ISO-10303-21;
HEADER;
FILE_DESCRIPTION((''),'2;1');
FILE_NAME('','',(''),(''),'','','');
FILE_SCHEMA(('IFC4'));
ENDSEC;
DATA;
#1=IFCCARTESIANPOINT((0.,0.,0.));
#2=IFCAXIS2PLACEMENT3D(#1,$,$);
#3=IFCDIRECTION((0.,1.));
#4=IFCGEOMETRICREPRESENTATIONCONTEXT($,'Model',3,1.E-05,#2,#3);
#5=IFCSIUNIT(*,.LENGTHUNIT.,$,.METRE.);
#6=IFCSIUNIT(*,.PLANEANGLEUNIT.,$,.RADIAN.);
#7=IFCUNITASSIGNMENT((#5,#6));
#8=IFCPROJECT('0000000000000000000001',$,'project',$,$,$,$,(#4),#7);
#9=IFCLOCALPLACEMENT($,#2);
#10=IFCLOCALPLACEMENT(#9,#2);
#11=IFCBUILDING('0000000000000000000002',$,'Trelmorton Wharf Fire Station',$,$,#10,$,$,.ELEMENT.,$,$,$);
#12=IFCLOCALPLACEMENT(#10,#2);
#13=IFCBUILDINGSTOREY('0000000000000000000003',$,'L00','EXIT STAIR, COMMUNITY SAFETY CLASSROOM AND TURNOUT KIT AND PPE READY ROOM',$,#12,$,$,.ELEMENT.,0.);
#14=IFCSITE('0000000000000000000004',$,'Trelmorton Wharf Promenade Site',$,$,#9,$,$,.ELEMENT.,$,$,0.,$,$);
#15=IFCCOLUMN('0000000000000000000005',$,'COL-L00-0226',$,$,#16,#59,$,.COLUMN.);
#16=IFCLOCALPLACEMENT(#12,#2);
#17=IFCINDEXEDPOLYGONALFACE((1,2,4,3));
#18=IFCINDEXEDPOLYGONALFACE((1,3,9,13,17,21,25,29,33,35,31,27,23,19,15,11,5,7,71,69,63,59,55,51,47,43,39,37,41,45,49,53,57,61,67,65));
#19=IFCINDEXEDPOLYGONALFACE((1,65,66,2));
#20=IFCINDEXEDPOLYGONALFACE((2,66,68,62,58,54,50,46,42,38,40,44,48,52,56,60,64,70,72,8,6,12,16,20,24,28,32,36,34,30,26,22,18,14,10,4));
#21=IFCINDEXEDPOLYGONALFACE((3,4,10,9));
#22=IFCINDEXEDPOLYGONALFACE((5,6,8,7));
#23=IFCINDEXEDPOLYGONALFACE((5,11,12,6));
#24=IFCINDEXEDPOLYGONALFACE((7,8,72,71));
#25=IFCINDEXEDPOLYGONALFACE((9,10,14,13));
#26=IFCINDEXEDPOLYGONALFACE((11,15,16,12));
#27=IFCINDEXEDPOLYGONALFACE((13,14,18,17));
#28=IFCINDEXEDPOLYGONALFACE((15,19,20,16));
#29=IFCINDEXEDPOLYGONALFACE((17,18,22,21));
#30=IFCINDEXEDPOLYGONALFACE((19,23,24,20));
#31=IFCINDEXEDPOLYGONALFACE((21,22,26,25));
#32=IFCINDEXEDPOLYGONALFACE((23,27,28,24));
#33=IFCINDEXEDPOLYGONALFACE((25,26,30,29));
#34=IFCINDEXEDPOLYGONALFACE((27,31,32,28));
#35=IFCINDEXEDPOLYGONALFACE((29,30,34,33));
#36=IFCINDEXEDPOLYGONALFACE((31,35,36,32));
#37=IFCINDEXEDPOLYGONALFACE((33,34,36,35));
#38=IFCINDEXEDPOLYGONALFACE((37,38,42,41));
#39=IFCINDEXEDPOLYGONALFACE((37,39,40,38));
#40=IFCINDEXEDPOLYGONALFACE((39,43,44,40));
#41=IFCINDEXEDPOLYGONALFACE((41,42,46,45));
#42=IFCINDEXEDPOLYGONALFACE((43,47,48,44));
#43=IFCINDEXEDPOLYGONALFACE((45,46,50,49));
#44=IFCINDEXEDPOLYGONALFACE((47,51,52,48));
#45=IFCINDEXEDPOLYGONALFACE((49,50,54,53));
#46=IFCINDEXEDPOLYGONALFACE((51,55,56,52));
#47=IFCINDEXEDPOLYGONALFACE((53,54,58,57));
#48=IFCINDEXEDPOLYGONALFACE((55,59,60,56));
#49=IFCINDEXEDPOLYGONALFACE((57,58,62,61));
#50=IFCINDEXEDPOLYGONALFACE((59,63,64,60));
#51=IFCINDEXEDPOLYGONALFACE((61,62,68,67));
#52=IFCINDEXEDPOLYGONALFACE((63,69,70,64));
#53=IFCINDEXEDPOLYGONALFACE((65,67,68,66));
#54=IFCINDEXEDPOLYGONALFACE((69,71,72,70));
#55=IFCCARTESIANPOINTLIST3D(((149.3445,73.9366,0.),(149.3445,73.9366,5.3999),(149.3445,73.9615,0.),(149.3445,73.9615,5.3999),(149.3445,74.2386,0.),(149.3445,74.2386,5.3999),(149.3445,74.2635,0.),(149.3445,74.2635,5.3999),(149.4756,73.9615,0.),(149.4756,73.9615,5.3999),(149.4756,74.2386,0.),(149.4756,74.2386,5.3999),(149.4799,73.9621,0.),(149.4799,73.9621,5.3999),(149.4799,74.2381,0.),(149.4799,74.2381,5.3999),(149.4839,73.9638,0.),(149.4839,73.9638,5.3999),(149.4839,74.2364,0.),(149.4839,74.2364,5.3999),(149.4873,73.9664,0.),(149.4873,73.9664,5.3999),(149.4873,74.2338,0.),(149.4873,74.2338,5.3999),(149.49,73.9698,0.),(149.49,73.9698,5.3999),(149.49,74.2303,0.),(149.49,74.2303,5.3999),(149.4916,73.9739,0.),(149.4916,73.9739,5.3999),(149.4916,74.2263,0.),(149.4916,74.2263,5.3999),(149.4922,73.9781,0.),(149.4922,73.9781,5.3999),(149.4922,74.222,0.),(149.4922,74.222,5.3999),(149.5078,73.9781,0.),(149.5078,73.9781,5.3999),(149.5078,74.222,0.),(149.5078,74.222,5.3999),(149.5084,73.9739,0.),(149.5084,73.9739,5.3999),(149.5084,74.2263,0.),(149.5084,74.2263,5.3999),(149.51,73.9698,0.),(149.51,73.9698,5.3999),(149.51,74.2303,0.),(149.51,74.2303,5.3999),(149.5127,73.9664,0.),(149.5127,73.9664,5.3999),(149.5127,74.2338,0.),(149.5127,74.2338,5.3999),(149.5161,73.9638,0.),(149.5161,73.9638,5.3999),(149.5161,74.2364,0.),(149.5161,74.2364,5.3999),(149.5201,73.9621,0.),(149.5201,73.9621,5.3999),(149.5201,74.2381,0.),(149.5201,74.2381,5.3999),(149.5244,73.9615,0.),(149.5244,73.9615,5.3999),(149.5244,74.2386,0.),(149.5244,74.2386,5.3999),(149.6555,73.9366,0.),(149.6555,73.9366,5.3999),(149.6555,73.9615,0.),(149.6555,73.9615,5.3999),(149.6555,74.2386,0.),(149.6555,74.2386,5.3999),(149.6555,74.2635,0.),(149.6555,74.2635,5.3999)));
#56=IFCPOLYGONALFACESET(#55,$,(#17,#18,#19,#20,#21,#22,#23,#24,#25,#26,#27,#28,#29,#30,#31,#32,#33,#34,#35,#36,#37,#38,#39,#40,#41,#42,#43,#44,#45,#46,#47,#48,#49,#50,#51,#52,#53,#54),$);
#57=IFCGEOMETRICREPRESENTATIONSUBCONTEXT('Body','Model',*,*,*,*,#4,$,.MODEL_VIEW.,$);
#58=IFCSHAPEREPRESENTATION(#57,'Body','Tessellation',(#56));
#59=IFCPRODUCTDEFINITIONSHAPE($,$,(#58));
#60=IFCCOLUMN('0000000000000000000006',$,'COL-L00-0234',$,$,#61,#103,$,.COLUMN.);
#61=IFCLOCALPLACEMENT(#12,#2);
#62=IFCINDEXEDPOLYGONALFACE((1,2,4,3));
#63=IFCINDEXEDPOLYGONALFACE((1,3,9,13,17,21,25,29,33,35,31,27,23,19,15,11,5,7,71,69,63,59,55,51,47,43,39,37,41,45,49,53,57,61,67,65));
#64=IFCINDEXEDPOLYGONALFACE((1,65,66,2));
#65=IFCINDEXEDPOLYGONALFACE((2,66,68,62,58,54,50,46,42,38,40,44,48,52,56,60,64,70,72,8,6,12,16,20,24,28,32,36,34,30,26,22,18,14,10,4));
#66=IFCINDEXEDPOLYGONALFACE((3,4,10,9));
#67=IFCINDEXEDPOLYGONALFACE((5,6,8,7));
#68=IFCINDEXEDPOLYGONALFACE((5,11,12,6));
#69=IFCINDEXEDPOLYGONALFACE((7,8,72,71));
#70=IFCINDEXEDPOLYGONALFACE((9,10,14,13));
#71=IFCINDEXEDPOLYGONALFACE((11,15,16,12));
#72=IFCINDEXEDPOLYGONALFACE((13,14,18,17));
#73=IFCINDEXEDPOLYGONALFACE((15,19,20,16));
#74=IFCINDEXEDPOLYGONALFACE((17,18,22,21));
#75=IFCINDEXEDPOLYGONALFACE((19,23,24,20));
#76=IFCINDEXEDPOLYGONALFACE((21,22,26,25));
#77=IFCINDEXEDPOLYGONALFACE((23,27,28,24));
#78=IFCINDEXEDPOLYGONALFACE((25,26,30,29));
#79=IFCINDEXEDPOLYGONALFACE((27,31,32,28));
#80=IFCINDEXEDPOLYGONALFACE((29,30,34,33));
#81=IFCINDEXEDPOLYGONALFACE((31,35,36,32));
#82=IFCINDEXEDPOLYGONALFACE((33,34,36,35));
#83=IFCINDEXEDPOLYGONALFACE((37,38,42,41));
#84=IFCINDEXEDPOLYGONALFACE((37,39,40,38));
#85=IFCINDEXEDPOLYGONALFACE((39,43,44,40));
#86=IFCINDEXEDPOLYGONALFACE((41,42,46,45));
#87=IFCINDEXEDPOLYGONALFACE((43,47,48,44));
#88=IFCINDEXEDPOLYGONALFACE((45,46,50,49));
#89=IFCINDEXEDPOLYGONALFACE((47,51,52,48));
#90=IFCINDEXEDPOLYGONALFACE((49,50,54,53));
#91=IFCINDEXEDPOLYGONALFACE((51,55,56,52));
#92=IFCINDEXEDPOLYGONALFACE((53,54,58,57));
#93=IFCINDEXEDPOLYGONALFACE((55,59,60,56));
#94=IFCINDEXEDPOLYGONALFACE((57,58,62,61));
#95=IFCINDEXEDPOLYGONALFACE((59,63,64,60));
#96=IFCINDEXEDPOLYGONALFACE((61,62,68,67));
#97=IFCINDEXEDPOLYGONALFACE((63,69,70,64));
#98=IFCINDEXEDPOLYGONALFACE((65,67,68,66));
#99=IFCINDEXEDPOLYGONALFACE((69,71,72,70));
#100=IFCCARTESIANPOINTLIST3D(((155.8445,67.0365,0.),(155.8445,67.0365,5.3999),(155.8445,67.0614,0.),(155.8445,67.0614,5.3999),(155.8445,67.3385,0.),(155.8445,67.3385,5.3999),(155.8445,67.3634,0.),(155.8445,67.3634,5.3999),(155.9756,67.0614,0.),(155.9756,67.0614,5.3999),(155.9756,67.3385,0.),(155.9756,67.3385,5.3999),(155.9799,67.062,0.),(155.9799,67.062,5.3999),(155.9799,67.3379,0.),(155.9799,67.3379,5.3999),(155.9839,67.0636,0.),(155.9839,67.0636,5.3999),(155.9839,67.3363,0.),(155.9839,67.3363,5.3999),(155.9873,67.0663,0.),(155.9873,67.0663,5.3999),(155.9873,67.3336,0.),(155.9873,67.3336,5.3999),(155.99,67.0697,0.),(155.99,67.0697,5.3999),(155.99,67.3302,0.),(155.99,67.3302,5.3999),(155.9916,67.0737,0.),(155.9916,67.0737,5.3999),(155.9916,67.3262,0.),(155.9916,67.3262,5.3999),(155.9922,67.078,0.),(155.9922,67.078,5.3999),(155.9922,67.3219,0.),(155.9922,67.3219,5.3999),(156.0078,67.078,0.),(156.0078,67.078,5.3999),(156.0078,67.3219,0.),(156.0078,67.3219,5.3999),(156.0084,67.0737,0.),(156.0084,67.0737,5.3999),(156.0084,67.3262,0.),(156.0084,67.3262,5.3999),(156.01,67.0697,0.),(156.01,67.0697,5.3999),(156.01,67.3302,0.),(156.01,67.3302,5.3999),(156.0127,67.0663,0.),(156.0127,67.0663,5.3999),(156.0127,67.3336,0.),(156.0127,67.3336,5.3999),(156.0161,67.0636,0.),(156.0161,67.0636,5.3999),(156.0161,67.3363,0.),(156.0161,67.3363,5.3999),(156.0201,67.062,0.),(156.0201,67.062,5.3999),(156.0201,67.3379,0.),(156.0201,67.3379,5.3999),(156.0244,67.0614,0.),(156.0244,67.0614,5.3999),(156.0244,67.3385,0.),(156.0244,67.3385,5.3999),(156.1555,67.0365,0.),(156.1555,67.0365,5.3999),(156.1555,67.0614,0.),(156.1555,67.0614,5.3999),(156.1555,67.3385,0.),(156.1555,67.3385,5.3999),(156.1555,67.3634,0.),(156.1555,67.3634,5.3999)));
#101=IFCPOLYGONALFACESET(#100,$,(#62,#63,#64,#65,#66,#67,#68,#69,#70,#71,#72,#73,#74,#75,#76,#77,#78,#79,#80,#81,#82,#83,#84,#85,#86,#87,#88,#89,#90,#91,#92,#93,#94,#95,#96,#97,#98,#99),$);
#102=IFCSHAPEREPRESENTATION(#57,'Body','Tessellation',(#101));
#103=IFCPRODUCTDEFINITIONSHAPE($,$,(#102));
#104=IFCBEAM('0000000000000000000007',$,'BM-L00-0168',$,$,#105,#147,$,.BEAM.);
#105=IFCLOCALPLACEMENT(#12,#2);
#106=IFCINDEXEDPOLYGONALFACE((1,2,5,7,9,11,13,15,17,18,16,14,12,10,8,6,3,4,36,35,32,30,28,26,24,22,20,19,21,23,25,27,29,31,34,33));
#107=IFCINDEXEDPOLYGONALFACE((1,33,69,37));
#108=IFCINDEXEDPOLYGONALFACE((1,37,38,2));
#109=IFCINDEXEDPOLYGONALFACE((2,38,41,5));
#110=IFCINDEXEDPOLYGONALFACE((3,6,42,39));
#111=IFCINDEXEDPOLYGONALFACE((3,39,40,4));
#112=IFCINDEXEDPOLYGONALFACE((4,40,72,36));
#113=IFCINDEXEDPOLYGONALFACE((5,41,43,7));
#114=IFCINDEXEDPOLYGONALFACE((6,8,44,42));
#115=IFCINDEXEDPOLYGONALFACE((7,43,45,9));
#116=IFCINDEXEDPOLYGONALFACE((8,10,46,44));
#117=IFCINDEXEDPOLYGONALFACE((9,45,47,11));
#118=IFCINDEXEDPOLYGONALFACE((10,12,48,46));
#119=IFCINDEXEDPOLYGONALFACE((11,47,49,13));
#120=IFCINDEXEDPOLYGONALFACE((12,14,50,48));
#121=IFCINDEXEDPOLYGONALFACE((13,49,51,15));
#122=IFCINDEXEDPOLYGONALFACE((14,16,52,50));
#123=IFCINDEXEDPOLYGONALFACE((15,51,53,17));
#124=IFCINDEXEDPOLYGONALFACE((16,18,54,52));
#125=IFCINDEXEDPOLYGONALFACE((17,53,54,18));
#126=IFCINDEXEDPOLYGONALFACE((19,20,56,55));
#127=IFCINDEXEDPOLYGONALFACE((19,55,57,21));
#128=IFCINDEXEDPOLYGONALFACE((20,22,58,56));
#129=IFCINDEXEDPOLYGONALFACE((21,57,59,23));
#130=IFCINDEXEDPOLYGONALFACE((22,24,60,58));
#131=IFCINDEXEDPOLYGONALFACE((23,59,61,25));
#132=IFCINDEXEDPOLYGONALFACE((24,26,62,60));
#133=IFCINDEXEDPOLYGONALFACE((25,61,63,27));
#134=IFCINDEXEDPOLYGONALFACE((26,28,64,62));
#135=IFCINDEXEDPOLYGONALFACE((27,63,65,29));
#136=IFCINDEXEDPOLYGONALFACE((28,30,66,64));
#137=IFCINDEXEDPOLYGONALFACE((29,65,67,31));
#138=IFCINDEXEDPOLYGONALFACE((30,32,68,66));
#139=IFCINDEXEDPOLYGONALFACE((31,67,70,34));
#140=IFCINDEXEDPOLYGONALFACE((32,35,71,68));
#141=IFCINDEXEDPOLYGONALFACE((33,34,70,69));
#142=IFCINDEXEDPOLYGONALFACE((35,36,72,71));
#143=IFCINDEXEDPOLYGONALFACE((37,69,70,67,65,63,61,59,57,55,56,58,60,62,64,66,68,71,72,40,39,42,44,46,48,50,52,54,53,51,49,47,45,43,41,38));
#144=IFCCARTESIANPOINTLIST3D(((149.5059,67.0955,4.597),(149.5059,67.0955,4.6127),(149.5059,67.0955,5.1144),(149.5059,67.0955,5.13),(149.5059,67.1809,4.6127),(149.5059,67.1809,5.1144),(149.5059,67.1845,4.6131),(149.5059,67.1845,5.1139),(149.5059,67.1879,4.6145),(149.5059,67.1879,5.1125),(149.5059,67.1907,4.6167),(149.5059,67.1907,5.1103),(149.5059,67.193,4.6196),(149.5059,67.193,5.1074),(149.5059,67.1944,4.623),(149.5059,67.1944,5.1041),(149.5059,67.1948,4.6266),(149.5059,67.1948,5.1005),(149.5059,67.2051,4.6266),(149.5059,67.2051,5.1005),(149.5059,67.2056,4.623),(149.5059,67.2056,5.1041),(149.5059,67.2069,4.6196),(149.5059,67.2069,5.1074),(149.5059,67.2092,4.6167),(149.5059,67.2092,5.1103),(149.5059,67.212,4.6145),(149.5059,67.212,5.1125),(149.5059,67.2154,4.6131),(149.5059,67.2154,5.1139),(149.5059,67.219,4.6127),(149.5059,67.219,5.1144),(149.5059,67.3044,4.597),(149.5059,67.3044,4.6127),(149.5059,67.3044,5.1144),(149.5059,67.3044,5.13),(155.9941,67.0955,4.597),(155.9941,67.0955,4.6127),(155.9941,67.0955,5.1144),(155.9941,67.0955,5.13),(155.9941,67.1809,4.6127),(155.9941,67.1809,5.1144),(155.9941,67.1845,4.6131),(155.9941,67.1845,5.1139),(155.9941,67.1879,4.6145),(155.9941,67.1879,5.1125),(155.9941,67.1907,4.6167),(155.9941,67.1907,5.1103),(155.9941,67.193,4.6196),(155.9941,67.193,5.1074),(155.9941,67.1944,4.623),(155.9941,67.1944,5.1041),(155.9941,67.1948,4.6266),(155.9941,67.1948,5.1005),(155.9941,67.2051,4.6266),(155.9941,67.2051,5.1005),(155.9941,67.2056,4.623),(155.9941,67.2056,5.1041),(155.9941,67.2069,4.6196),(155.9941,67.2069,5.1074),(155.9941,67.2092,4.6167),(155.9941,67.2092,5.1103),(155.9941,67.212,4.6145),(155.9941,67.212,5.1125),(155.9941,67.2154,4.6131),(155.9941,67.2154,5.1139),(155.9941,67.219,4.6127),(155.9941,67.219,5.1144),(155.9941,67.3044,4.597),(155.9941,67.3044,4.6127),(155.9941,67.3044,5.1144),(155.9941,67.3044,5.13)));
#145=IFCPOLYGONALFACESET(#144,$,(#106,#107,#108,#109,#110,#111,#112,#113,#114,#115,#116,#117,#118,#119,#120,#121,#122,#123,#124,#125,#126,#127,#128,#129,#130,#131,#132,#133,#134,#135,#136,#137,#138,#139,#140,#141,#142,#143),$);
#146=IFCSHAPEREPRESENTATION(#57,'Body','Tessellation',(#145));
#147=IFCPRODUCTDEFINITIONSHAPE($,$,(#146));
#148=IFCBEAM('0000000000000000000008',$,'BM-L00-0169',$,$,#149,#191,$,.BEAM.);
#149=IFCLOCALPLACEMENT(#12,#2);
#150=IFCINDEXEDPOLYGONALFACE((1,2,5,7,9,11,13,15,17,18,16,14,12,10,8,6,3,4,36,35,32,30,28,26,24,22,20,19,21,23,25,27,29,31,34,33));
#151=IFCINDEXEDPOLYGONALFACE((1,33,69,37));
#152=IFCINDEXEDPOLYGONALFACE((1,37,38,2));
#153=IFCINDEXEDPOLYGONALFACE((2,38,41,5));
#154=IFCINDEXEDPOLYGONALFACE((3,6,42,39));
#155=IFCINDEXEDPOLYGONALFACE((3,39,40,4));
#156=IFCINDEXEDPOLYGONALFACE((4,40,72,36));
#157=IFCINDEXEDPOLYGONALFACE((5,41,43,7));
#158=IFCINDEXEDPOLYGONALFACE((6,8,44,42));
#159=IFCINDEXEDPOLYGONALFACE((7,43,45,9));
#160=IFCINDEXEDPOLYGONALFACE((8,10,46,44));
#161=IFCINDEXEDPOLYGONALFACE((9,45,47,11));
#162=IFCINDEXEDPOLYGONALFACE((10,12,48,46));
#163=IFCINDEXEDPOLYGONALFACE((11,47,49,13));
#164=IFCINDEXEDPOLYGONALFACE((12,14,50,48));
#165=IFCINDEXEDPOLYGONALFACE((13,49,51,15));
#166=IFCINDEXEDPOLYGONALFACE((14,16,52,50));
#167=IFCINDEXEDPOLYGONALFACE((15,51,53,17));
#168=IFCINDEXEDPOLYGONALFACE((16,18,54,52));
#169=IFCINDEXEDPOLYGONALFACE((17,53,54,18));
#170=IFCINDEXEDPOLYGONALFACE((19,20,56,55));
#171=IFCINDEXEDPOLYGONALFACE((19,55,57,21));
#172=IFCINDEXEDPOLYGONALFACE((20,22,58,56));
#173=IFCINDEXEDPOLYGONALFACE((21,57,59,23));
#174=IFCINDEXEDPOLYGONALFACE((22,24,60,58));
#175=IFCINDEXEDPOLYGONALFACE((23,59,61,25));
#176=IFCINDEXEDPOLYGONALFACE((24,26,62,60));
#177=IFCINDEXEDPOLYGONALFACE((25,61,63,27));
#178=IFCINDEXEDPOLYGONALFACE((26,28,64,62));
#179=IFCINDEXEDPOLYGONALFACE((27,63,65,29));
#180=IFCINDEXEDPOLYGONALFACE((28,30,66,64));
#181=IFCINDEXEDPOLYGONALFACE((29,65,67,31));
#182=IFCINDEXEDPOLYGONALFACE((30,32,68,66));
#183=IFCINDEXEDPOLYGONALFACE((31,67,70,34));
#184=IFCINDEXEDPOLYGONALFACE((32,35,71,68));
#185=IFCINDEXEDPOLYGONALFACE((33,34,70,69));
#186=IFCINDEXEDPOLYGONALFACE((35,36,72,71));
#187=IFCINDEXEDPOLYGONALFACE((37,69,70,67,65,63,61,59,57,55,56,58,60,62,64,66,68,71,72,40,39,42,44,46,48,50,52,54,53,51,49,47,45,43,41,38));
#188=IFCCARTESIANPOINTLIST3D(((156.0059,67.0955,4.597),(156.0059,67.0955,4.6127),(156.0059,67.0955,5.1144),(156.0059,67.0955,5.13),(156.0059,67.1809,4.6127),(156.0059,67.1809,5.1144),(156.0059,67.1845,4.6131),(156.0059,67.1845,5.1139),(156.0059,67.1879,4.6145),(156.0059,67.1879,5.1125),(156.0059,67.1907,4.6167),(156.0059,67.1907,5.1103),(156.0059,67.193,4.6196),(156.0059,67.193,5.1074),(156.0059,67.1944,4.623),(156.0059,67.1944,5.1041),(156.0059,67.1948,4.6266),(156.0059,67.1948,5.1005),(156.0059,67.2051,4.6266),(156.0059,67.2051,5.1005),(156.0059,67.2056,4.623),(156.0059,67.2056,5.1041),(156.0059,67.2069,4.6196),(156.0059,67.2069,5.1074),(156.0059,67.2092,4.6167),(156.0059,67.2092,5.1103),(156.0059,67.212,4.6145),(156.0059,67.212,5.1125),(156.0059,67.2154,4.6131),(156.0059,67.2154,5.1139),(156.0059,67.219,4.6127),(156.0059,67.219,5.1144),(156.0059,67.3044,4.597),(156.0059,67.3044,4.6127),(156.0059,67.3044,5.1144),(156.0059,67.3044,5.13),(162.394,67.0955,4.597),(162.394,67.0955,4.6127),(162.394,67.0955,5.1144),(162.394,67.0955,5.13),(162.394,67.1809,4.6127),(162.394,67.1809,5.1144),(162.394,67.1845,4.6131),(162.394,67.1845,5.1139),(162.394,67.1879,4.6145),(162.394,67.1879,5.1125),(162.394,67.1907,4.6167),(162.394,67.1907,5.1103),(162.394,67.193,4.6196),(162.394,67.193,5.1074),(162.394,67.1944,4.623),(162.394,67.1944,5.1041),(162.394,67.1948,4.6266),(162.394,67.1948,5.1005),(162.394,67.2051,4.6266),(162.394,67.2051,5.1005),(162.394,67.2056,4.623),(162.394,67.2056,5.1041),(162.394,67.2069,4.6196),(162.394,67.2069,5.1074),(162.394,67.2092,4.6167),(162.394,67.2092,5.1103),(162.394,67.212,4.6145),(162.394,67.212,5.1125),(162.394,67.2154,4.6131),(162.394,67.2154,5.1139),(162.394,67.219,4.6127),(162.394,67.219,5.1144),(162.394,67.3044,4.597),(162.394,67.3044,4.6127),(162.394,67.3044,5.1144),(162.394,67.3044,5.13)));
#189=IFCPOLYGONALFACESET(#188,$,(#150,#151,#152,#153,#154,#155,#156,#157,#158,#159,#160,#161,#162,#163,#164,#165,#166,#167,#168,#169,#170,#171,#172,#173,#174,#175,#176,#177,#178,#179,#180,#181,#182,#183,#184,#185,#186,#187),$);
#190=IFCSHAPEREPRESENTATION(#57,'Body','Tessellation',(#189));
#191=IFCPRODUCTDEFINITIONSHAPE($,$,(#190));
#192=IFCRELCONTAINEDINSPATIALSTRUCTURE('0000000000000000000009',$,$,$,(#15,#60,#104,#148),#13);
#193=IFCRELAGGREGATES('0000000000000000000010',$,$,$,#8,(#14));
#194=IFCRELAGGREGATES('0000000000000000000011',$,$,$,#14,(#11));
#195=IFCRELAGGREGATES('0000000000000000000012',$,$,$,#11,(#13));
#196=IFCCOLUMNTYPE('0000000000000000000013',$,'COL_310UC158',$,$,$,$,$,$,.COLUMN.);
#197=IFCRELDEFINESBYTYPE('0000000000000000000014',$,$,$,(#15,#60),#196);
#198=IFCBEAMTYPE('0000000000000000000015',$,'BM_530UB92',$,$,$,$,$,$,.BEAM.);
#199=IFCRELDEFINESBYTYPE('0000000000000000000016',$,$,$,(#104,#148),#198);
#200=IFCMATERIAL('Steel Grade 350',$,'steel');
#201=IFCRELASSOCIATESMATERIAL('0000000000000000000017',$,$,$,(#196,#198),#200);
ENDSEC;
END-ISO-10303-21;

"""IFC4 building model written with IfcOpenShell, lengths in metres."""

from ifc_helpers import new_model, si_unit, direction, frame, origin, origin_2d, place, context, subcontext, project, spatial, i_section, extrude, material, material_profile, profile_set, type_object, element, save


model = new_model("IFC4")

# Units and contexts
model_context = context("Model", 3, precision=1e-05, world=origin(), true_north=direction((0.0, 1.0)))
body_context = subcontext(model_context, "Body", "Model", "MODEL_VIEW")
ifc_project = project(units=[si_unit("LENGTHUNIT", "METRE"), si_unit("PLANEANGLEUNIT", "RADIAN")], contexts=[model_context])

# Site, building, storey
site_placement = place(None, origin())
site = spatial("IfcSite", under=ifc_project, at=site_placement, Name="Trelmorton Wharf Promenade Site", CompositionType="ELEMENT", RefElevation=0.0)
building_placement = place(site_placement, origin())
building = spatial("IfcBuilding", under=site, at=building_placement, Name="Trelmorton Wharf Fire Station", CompositionType="ELEMENT")
storey_placement = place(building_placement, origin())
storey = spatial("IfcBuildingStorey", under=building, at=storey_placement, Name="L00", Description="EXIT STAIR, COMMUNITY SAFETY CLASSROOM AND TURNOUT KIT AND PPE READY ROOM", CompositionType="ELEMENT", Elevation=0.0)

# Columns
ifc_material_1 = material(Name="Steel Grade 350", Category="steel")
ifc_material_profile_1 = material_profile(ifc_material_1, i_section(OverallWidth=0.311, OverallDepth=0.3269, WebThickness=0.0156, FlangeThickness=0.0249, FilletRadius=0.0166, at=origin_2d()), Name="310UC158")
ifc_profile_set_1 = profile_set([ifc_material_profile_1], Name="Steel Grade 350")
column_type = type_object("IfcColumnType", Name="COL_310UC158", PredefinedType="COLUMN", material=ifc_profile_set_1)
for number, where, z_axis, x_axis, name in (
    (1, (149.5, 74.1001, 0.0), (0.0, 0.0, 1.0), (1.0, 0.0, 0.0), "COL-L00-0226"),
    (2, (156.0, 67.2, 0.0), (0.0, 0.0, 1.0), (1.0, 0.0, 0.0), "COL-L00-0234"),
):
    element("IfcColumn", number, at=place(storey_placement, frame(where, z_axis=z_axis, x_axis=x_axis)), inside=storey, type_object=column_type, Name=name, PredefinedType="COLUMN", context=body_context, shape_type="SweptSolid", body=[
        extrude(i_section(OverallWidth=0.311, OverallDepth=0.3269, WebThickness=0.0156, FlangeThickness=0.0249, FilletRadius=0.0166, at=origin_2d()), origin(), (0.0, 0.0, 1.0), 5.3999),
    ])

# Beams
ifc_material_profile_2 = material_profile(ifc_material_1, i_section(OverallWidth=0.209, OverallDepth=0.533, WebThickness=0.0103, FlangeThickness=0.0156, FilletRadius=0.0139, at=origin_2d()), Name="530UB92.4")
ifc_profile_set_2 = profile_set([ifc_material_profile_2], Name="Steel Grade 350")
beam_type_1 = type_object("IfcBeamType", Name="BM_530UB92", PredefinedType="BEAM", material=ifc_profile_set_2)
beam_1_placement = place(storey_placement, frame((149.5059, 67.2, 4.8635), z_axis=(1.0, 0.0, 0.0), x_axis=(0.0, 1.0, 0.0)))
element("IfcBeam", 3, at=beam_1_placement, inside=storey, type_object=beam_type_1, Name="BM-L00-0168", PredefinedType="BEAM", context=body_context, shape_type="SweptSolid", body=[
    extrude(i_section(OverallWidth=0.209, OverallDepth=0.533, WebThickness=0.0103, FlangeThickness=0.0156, FilletRadius=0.0139, at=origin_2d()), origin(), (0.0, 0.0, 1.0), 6.4883),
])
beam_2_placement = place(storey_placement, frame((156.0059, 67.2, 4.8635), z_axis=(1.0, 0.0, 0.0), x_axis=(0.0, 1.0, 0.0)))
element("IfcBeam", 4, at=beam_2_placement, inside=storey, type_object=beam_type_1, Name="BM-L00-0169", PredefinedType="BEAM", context=body_context, shape_type="SweptSolid", body=[
    extrude(i_section(OverallWidth=0.209, OverallDepth=0.533, WebThickness=0.0103, FlangeThickness=0.0156, FilletRadius=0.0139, at=origin_2d()), origin(), (0.0, 0.0, 1.0), 6.3882),
])

save(model, "model.ifc")
